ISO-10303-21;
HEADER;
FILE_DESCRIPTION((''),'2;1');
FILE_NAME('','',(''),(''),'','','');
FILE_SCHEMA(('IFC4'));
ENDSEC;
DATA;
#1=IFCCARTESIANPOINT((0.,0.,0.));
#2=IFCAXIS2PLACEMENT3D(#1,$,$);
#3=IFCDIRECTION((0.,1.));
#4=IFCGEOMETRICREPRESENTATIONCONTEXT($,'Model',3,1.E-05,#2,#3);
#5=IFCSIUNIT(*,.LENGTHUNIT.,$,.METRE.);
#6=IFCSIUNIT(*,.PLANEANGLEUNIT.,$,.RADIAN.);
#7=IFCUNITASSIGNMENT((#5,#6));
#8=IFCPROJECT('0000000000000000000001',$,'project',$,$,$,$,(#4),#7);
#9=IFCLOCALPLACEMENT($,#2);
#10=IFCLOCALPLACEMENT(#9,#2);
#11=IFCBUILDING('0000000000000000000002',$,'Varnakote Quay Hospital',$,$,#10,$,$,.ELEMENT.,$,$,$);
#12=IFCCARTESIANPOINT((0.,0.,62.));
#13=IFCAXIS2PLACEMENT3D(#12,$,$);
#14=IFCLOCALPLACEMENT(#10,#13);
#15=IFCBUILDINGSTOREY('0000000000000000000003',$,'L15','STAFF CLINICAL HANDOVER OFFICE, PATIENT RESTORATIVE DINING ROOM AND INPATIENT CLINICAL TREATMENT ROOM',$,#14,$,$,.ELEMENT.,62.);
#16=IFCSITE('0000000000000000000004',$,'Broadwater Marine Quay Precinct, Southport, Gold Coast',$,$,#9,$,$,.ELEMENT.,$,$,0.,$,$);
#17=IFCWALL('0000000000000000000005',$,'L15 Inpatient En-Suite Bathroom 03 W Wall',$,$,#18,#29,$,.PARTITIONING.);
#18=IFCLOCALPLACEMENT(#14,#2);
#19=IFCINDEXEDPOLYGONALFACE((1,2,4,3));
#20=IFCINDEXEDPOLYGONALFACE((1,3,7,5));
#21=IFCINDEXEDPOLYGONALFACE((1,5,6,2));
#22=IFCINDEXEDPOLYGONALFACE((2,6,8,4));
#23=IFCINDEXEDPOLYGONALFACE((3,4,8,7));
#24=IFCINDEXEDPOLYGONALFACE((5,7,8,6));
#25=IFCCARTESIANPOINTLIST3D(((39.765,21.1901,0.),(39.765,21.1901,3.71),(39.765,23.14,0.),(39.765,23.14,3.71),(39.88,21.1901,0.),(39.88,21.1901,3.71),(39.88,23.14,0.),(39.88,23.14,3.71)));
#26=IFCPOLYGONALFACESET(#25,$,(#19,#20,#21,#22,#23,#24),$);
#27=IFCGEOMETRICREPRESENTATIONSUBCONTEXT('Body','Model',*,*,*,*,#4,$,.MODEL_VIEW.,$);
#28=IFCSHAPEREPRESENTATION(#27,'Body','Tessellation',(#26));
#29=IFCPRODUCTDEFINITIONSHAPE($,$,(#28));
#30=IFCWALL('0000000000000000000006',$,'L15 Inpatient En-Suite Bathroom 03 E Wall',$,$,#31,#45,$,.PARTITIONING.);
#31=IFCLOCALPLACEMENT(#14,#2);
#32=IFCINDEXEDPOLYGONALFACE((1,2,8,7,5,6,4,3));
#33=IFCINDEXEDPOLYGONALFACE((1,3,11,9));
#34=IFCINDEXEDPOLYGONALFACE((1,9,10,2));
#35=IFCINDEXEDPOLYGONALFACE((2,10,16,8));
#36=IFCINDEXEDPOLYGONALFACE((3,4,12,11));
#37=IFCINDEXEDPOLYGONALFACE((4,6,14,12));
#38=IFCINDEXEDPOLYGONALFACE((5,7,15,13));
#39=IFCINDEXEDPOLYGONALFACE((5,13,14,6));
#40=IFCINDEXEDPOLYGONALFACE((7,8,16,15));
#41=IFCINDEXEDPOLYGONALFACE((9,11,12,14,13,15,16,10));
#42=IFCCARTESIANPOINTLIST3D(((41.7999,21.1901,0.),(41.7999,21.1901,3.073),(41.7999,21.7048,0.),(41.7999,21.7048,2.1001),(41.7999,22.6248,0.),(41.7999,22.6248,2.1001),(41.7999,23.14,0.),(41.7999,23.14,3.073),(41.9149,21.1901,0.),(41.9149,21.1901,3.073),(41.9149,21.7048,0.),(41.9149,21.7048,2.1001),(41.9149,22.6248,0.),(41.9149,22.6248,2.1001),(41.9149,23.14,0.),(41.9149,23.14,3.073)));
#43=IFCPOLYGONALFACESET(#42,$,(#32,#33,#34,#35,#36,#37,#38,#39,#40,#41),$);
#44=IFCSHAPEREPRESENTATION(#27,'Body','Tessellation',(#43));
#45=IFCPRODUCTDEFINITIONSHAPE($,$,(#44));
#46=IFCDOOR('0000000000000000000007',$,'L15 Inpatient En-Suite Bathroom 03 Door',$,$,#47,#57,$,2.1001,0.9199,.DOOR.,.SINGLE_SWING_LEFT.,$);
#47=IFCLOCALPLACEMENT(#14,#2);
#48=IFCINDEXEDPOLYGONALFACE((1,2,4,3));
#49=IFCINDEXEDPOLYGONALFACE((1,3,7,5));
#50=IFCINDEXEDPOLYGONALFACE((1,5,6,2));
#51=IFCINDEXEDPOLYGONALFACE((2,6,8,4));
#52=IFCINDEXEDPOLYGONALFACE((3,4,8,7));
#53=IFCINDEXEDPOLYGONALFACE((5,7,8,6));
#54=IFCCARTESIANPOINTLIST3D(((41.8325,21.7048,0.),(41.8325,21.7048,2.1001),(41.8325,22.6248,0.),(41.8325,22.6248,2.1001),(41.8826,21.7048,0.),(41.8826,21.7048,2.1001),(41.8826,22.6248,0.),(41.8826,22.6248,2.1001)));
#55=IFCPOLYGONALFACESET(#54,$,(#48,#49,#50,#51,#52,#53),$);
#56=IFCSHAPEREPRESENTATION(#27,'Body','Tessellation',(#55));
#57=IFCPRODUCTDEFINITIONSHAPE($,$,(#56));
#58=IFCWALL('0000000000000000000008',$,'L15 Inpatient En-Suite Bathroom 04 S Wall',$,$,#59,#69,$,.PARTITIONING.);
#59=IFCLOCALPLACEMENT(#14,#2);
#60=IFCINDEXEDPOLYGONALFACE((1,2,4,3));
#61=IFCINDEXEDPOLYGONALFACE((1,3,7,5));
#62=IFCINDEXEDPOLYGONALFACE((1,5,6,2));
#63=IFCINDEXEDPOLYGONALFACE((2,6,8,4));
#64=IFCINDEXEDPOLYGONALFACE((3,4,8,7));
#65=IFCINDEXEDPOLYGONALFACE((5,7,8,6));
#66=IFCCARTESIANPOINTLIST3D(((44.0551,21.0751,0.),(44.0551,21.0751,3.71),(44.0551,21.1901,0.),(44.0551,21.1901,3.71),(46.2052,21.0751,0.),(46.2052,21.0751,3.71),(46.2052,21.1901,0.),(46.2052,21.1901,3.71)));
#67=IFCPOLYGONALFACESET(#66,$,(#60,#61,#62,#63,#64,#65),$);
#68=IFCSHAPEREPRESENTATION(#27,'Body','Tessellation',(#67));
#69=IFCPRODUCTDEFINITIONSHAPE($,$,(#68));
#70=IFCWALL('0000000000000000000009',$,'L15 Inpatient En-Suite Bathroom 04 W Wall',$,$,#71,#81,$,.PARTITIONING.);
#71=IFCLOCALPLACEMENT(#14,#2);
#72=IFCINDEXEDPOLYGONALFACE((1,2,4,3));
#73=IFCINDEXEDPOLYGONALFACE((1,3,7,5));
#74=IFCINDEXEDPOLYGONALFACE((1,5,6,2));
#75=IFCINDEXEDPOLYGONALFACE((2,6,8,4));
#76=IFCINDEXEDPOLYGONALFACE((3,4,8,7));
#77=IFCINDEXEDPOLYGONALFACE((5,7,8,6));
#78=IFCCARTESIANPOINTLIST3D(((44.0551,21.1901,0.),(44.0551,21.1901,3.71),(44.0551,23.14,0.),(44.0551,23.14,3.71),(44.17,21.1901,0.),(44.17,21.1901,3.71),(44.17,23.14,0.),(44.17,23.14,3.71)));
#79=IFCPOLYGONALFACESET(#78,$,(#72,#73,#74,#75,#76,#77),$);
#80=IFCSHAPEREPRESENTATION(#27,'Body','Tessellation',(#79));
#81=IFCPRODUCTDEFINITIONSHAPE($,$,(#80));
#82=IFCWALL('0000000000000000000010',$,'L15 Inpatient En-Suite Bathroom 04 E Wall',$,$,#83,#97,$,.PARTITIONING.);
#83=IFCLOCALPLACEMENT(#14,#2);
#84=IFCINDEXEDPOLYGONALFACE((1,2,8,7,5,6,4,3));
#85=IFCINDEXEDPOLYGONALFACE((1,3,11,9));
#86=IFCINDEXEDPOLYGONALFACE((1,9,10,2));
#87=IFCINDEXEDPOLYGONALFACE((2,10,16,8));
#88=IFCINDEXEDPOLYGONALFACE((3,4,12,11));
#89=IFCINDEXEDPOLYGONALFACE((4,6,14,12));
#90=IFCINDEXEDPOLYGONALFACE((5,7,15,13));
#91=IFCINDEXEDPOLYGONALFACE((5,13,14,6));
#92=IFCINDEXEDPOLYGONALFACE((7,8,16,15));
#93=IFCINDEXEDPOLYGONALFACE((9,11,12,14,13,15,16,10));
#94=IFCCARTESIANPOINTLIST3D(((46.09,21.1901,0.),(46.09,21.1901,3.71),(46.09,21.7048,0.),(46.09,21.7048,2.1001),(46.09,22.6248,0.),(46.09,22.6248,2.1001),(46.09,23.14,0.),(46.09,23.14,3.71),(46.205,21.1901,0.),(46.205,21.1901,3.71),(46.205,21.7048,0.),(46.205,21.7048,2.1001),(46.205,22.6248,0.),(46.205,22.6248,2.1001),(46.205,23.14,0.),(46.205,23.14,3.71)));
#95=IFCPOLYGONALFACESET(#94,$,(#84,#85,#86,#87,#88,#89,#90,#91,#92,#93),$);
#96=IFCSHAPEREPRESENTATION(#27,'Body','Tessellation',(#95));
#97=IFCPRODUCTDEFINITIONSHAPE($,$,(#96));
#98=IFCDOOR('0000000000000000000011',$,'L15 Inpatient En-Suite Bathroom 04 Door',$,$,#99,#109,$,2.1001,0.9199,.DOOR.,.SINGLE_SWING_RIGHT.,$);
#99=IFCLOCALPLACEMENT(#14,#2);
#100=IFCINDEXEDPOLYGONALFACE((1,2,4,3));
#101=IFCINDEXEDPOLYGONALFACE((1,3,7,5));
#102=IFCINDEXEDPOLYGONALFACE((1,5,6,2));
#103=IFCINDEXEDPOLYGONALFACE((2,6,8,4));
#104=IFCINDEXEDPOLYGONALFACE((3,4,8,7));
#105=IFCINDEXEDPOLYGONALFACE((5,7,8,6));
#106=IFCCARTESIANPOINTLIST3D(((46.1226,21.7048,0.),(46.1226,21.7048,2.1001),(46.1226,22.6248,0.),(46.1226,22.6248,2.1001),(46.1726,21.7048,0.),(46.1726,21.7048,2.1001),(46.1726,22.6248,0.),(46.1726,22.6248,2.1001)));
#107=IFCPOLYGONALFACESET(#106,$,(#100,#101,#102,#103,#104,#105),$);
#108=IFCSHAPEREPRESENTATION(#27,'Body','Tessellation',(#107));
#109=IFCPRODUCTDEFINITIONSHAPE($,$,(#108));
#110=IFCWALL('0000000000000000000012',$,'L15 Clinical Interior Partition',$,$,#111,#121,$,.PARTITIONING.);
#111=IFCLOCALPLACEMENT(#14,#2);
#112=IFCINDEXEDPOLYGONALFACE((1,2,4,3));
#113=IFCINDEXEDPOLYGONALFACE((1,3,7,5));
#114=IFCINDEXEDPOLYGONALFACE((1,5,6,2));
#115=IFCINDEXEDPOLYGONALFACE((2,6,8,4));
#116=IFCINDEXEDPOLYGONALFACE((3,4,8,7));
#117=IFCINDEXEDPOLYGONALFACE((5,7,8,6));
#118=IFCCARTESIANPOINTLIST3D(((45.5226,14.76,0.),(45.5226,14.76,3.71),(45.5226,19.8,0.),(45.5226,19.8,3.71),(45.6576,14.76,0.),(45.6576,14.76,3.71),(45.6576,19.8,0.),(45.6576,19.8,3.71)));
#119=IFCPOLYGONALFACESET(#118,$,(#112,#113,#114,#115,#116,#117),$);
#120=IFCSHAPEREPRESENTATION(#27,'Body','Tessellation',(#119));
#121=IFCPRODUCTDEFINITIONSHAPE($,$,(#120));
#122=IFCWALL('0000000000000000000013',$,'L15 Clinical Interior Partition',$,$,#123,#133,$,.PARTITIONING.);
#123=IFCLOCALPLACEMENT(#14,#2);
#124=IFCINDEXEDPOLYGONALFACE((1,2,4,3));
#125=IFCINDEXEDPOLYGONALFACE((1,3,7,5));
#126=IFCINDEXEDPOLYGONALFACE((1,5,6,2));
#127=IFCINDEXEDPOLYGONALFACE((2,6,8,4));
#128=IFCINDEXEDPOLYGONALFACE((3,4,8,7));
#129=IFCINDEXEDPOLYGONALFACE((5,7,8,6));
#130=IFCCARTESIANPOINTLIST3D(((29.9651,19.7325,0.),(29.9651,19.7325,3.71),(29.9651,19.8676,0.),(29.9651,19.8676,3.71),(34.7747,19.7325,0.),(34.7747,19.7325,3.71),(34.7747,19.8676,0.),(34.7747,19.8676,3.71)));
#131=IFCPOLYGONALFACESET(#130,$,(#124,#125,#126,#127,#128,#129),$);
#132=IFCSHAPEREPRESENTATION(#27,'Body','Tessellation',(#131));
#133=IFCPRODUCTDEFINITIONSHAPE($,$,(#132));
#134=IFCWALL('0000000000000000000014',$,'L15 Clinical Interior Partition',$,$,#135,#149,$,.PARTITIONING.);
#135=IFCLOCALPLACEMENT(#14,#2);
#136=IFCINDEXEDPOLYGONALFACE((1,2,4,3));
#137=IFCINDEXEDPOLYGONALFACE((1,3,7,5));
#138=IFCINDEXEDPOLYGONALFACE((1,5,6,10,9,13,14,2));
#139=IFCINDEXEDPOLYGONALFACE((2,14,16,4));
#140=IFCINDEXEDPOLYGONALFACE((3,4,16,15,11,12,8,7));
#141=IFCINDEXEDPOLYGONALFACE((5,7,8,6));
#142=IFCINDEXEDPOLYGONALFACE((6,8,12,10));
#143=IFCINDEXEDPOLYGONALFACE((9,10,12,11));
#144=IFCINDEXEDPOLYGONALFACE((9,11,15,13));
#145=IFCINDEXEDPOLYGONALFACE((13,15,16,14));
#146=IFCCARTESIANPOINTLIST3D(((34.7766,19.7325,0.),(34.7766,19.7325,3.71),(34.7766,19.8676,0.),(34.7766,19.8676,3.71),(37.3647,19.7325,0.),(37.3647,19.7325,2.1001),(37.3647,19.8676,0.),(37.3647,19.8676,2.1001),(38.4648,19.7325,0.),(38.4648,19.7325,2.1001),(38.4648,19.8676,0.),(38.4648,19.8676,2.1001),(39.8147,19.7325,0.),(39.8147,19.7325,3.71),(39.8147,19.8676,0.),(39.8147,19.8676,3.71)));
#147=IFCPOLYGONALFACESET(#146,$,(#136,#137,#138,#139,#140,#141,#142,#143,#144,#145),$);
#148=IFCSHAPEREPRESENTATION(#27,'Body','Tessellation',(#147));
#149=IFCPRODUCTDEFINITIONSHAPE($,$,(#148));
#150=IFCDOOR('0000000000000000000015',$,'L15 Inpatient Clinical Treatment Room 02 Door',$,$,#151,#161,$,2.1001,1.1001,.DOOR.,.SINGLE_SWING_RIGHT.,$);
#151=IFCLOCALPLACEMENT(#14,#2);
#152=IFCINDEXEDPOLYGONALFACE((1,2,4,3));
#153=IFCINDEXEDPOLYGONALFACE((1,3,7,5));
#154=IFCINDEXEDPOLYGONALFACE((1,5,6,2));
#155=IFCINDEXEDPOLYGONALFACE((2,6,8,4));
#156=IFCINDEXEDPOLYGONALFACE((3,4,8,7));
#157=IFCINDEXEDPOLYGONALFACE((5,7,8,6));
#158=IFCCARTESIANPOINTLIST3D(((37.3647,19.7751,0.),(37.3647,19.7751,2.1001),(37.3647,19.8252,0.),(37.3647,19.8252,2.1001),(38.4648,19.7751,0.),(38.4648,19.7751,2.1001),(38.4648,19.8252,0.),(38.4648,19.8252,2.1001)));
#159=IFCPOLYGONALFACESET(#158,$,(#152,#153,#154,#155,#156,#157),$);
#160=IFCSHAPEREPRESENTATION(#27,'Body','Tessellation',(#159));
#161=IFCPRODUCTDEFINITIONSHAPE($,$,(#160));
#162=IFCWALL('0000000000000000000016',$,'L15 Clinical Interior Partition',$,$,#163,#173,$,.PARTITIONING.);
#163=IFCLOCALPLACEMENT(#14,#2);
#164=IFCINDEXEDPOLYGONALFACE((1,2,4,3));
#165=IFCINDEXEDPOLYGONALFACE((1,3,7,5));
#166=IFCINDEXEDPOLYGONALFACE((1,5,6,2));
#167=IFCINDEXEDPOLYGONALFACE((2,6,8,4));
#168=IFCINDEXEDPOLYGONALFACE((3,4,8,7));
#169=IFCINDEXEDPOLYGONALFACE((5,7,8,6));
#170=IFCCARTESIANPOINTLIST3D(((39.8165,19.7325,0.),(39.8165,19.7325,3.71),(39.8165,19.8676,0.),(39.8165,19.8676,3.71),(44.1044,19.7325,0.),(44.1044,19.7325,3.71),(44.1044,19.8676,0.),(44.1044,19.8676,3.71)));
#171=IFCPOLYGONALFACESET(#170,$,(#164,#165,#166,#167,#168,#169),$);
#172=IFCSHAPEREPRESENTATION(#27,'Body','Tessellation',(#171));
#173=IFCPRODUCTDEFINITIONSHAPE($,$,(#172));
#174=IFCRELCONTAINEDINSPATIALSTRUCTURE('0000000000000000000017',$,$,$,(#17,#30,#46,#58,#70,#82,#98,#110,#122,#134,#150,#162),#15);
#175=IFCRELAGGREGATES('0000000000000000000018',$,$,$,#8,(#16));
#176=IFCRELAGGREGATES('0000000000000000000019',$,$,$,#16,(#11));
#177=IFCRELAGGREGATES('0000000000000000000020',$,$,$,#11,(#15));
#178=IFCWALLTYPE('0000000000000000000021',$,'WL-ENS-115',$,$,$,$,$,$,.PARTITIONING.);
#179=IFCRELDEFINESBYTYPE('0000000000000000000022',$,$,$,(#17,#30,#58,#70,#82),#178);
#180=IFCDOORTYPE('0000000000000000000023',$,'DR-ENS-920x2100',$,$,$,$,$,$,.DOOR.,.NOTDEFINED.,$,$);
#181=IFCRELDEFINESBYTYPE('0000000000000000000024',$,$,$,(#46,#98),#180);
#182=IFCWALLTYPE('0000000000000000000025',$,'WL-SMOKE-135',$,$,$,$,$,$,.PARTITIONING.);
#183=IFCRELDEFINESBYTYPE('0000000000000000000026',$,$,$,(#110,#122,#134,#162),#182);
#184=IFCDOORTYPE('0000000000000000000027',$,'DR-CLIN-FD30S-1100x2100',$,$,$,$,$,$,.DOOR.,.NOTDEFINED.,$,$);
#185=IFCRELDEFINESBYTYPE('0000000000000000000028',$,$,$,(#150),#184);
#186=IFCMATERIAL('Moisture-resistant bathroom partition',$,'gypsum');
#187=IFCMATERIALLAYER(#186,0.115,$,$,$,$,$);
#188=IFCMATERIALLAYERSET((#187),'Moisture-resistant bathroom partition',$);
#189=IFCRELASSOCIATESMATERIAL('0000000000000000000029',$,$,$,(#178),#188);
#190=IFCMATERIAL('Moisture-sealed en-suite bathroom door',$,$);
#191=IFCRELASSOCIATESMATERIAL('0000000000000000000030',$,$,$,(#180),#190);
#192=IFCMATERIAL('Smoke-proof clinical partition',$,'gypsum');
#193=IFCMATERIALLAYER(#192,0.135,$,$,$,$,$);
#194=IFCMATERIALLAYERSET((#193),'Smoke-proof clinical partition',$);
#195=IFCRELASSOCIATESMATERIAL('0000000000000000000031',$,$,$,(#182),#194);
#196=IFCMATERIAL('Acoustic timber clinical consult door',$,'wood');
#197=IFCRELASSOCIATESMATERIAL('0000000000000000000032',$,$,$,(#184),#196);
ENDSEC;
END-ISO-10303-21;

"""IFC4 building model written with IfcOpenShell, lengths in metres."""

from ifc_helpers import new_model, si_unit, direction, frame, frame_2d, origin, place, context, subcontext, project, spatial, rectangle, extrude, material, layer, layer_set, type_object, element, fill, save


model = new_model("IFC4")

# Units and contexts
model_context = context("Model", 3, precision=1e-05, world=origin(), true_north=direction((0.0, 1.0)))
body_context = subcontext(model_context, "Body", "Model", "MODEL_VIEW")
ifc_project = project(units=[si_unit("LENGTHUNIT", "METRE"), si_unit("PLANEANGLEUNIT", "RADIAN")], contexts=[model_context])

# Site, building, storey
site_placement = place(None, origin())
site = spatial("IfcSite", under=ifc_project, at=site_placement, Name="Broadwater Marine Quay Precinct, Southport, Gold Coast", CompositionType="ELEMENT", RefElevation=0.0)
building_placement = place(site_placement, origin())
building = spatial("IfcBuilding", under=site, at=building_placement, Name="Varnakote Quay Hospital", CompositionType="ELEMENT")
storey_placement = place(building_placement, frame((0.0, 0.0, 62.0)))
storey = spatial("IfcBuildingStorey", under=building, at=storey_placement, Name="L15", Description="STAFF CLINICAL HANDOVER OFFICE, PATIENT RESTORATIVE DINING ROOM AND INPATIENT CLINICAL TREATMENT ROOM", CompositionType="ELEMENT", Elevation=62.0)

# Shared definitions
ifc_material_1 = material(Name="Moisture-resistant bathroom partition", Category="gypsum")
ifc_layer_1 = layer(ifc_material_1, 0.115)
ifc_layer_set_1 = layer_set([ifc_layer_1], Name="Moisture-resistant bathroom partition")
wall_type_1 = type_object("IfcWallType", Name="WL-ENS-115", PredefinedType="PARTITIONING", material=ifc_layer_set_1)

# Shared definitions
ifc_material_2 = material(Name="Moisture-sealed en-suite bathroom door")
door_type_1 = type_object("IfcDoorType", Name="DR-ENS-920x2100", OperationType="NOTDEFINED", PredefinedType="DOOR", material=ifc_material_2)

# Wall
wall_1_placement = place(storey_placement, frame((39.8225, 21.1899, 0.0), z_axis=(0.0, 0.0, 1.0), x_axis=(0.0, 1.0, 0.0)))
element("IfcWall", 1, at=wall_1_placement, inside=storey, type_object=wall_type_1, Name="L15 Inpatient En-Suite Bathroom 03 W Wall", PredefinedType="PARTITIONING", context=body_context, shape_type="SweptSolid", body=[
    extrude(rectangle(XDim=1.95, YDim=0.115, at=frame_2d((0.9751, 0.0))), origin(), (0.0, 0.0, 1.0), 3.71),
])

# Wall, opening, door
wall_2_placement = place(storey_placement, frame((41.8574, 21.1899, 0.0), z_axis=(0.0, 0.0, 1.0), x_axis=(0.0, 1.0, 0.0)))
wall_2 = element("IfcWall", 2, at=wall_2_placement, inside=storey, type_object=wall_type_1, Name="L15 Inpatient En-Suite Bathroom 03 E Wall", PredefinedType="PARTITIONING", context=body_context, shape_type="SweptSolid", body=[
    extrude(rectangle(XDim=1.95, YDim=0.115, at=frame_2d((0.9751, 0.0))), origin(), (0.0, 0.0, 1.0), 3.073),
])
opening_1_placement = place(wall_2_placement, frame((0.5149, 0.0, 0.0)))
opening_1 = element("IfcOpeningElement", 3, at=opening_1_placement, cuts=wall_2, PredefinedType="OPENING", context=body_context, shape_type="SweptSolid", body=[
    extrude(rectangle(XDim=0.9199, YDim=2.1001, at=frame_2d((0.46, 1.05))), frame((0.0, 0.0674, 0.0), z_axis=(0.0, -1.0, 0.0), x_axis=(1.0, 0.0, 0.0)), (0.0, 0.0, 1.0), 0.135),
])
door_1_placement = place(opening_1_placement, origin())
door_1 = element("IfcDoor", 4, at=door_1_placement, inside=storey, type_object=door_type_1, Name="L15 Inpatient En-Suite Bathroom 03 Door", OperationType="SINGLE_SWING_LEFT", OverallHeight=2.1001, OverallWidth=0.9199, PredefinedType="DOOR", context=body_context, shape_type="SweptSolid", body=[
    extrude(rectangle(XDim=0.9199, YDim=2.1001, at=frame_2d((0.46, 1.05))), frame((0.0, 0.0249, 0.0), z_axis=(0.0, -1.0, 0.0), x_axis=(1.0, 0.0, 0.0)), (0.0, 0.0, 1.0), 0.05),
])
fill(opening_1, door_1)

# Walls
wall_3_placement = place(storey_placement, frame((44.0549, 21.1326, 0.0), z_axis=(0.0, 0.0, 1.0), x_axis=(1.0, 0.0, 0.0)))
element("IfcWall", 5, at=wall_3_placement, inside=storey, type_object=wall_type_1, Name="L15 Inpatient En-Suite Bathroom 04 S Wall", PredefinedType="PARTITIONING", context=body_context, shape_type="SweptSolid", body=[
    extrude(rectangle(XDim=2.1501, YDim=0.115, at=frame_2d((1.0752, 0.0))), origin(), (0.0, 0.0, 1.0), 3.71),
])
wall_4_placement = place(storey_placement, frame((44.1125, 21.1899, 0.0), z_axis=(0.0, 0.0, 1.0), x_axis=(0.0, 1.0, 0.0)))
element("IfcWall", 6, at=wall_4_placement, inside=storey, type_object=wall_type_1, Name="L15 Inpatient En-Suite Bathroom 04 W Wall", PredefinedType="PARTITIONING", context=body_context, shape_type="SweptSolid", body=[
    extrude(rectangle(XDim=1.95, YDim=0.115, at=frame_2d((0.9751, 0.0))), origin(), (0.0, 0.0, 1.0), 3.71),
])

# Wall, opening, door
wall_5_placement = place(storey_placement, frame((46.1475, 21.1899, 0.0), z_axis=(0.0, 0.0, 1.0), x_axis=(0.0, 1.0, 0.0)))
wall_5 = element("IfcWall", 7, at=wall_5_placement, inside=storey, type_object=wall_type_1, Name="L15 Inpatient En-Suite Bathroom 04 E Wall", PredefinedType="PARTITIONING", context=body_context, shape_type="SweptSolid", body=[
    extrude(rectangle(XDim=1.95, YDim=0.115, at=frame_2d((0.9751, 0.0))), origin(), (0.0, 0.0, 1.0), 3.71),
])
opening_2_placement = place(wall_5_placement, frame((0.5149, 0.0, 0.0)))
opening_2 = element("IfcOpeningElement", 8, at=opening_2_placement, cuts=wall_5, PredefinedType="OPENING", context=body_context, shape_type="SweptSolid", body=[
    extrude(rectangle(XDim=0.9199, YDim=2.1001, at=frame_2d((0.46, 1.05))), frame((0.0, 0.0674, 0.0), z_axis=(0.0, -1.0, 0.0), x_axis=(1.0, 0.0, 0.0)), (0.0, 0.0, 1.0), 0.135),
])
door_2_placement = place(opening_2_placement, origin())
door_2 = element("IfcDoor", 9, at=door_2_placement, inside=storey, type_object=door_type_1, Name="L15 Inpatient En-Suite Bathroom 04 Door", OperationType="SINGLE_SWING_RIGHT", OverallHeight=2.1001, OverallWidth=0.9199, PredefinedType="DOOR", context=body_context, shape_type="SweptSolid", body=[
    extrude(rectangle(XDim=0.9199, YDim=2.1001, at=frame_2d((0.46, 1.05))), frame((0.0, 0.0249, 0.0), z_axis=(0.0, -1.0, 0.0), x_axis=(1.0, 0.0, 0.0)), (0.0, 0.0, 1.0), 0.05),
])
fill(opening_2, door_2)

# Walls
ifc_material_3 = material(Name="Smoke-proof clinical partition", Category="gypsum")
ifc_layer_2 = layer(ifc_material_3, 0.135)
ifc_layer_set_2 = layer_set([ifc_layer_2], Name="Smoke-proof clinical partition")
wall_type_2 = type_object("IfcWallType", Name="WL-SMOKE-135", PredefinedType="PARTITIONING", material=ifc_layer_set_2)
wall_6_placement = place(storey_placement, frame((45.5901, 14.76, 0.0), z_axis=(0.0, 0.0, 1.0), x_axis=(0.0, 1.0, 0.0)))
element("IfcWall", 10, at=wall_6_placement, inside=storey, type_object=wall_type_2, Name="L15 Clinical Interior Partition", PredefinedType="PARTITIONING", context=body_context, shape_type="SweptSolid", body=[
    extrude(rectangle(XDim=5.04, YDim=0.135, at=frame_2d((2.52, 0.0))), origin(), (0.0, 0.0, 1.0), 3.71),
])
wall_7_placement = place(storey_placement, frame((34.7747, 19.8, 0.0), z_axis=(0.0, 0.0, 1.0), x_axis=(-1.0, 0.0, 0.0)))
element("IfcWall", 11, at=wall_7_placement, inside=storey, type_object=wall_type_2, Name="L15 Clinical Interior Partition", PredefinedType="PARTITIONING", context=body_context, shape_type="SweptSolid", body=[
    extrude(rectangle(XDim=4.8096, YDim=0.135, at=frame_2d((2.4048, 0.0))), origin(), (0.0, 0.0, 1.0), 3.71),
])

# Wall, opening, door
wall_8_placement = place(storey_placement, frame((39.8147, 19.8, 0.0), z_axis=(0.0, 0.0, 1.0), x_axis=(-1.0, 0.0, 0.0)))
wall_8 = element("IfcWall", 12, at=wall_8_placement, inside=storey, type_object=wall_type_2, Name="L15 Clinical Interior Partition", PredefinedType="PARTITIONING", context=body_context, shape_type="SweptSolid", body=[
    extrude(rectangle(XDim=5.0381, YDim=0.135, at=frame_2d((2.519, 0.0))), origin(), (0.0, 0.0, 1.0), 3.71),
])
opening_3_placement = place(wall_8_placement, frame((1.3499, 0.0, 0.0)))
opening_3 = element("IfcOpeningElement", 13, at=opening_3_placement, cuts=wall_8, PredefinedType="OPENING", context=body_context, shape_type="SweptSolid", body=[
    extrude(rectangle(XDim=1.1001, YDim=2.1001, at=frame_2d((0.55, 1.05))), frame((0.0, 0.0774, 0.0), z_axis=(0.0, -1.0, 0.0), x_axis=(1.0, 0.0, 0.0)), (0.0, 0.0, 1.0), 0.155),
])
ifc_material_4 = material(Name="Acoustic timber clinical consult door", Category="wood")
door_type_2 = type_object("IfcDoorType", Name="DR-CLIN-FD30S-1100x2100", OperationType="NOTDEFINED", PredefinedType="DOOR", material=ifc_material_4)
door_3_placement = place(opening_3_placement, origin())
door_3 = element("IfcDoor", 14, at=door_3_placement, inside=storey, type_object=door_type_2, Name="L15 Inpatient Clinical Treatment Room 02 Door", OperationType="SINGLE_SWING_RIGHT", OverallHeight=2.1001, OverallWidth=1.1001, PredefinedType="DOOR", context=body_context, shape_type="SweptSolid", body=[
    extrude(rectangle(XDim=1.1001, YDim=2.1001, at=frame_2d((0.55, 1.05))), frame((0.0, 0.0249, 0.0), z_axis=(0.0, -1.0, 0.0), x_axis=(1.0, 0.0, 0.0)), (0.0, 0.0, 1.0), 0.05),
])
fill(opening_3, door_3)

# Wall
wall_9_placement = place(storey_placement, frame((44.1045, 19.8, 0.0), z_axis=(0.0, 0.0, 1.0), x_axis=(-1.0, 0.0, 0.0)))
element("IfcWall", 15, at=wall_9_placement, inside=storey, type_object=wall_type_2, Name="L15 Clinical Interior Partition", PredefinedType="PARTITIONING", context=body_context, shape_type="SweptSolid", body=[
    extrude(rectangle(XDim=4.2878, YDim=0.135, at=frame_2d((2.144, 0.0))), origin(), (0.0, 0.0, 1.0), 3.71),
])

save(model, "model.ifc")
